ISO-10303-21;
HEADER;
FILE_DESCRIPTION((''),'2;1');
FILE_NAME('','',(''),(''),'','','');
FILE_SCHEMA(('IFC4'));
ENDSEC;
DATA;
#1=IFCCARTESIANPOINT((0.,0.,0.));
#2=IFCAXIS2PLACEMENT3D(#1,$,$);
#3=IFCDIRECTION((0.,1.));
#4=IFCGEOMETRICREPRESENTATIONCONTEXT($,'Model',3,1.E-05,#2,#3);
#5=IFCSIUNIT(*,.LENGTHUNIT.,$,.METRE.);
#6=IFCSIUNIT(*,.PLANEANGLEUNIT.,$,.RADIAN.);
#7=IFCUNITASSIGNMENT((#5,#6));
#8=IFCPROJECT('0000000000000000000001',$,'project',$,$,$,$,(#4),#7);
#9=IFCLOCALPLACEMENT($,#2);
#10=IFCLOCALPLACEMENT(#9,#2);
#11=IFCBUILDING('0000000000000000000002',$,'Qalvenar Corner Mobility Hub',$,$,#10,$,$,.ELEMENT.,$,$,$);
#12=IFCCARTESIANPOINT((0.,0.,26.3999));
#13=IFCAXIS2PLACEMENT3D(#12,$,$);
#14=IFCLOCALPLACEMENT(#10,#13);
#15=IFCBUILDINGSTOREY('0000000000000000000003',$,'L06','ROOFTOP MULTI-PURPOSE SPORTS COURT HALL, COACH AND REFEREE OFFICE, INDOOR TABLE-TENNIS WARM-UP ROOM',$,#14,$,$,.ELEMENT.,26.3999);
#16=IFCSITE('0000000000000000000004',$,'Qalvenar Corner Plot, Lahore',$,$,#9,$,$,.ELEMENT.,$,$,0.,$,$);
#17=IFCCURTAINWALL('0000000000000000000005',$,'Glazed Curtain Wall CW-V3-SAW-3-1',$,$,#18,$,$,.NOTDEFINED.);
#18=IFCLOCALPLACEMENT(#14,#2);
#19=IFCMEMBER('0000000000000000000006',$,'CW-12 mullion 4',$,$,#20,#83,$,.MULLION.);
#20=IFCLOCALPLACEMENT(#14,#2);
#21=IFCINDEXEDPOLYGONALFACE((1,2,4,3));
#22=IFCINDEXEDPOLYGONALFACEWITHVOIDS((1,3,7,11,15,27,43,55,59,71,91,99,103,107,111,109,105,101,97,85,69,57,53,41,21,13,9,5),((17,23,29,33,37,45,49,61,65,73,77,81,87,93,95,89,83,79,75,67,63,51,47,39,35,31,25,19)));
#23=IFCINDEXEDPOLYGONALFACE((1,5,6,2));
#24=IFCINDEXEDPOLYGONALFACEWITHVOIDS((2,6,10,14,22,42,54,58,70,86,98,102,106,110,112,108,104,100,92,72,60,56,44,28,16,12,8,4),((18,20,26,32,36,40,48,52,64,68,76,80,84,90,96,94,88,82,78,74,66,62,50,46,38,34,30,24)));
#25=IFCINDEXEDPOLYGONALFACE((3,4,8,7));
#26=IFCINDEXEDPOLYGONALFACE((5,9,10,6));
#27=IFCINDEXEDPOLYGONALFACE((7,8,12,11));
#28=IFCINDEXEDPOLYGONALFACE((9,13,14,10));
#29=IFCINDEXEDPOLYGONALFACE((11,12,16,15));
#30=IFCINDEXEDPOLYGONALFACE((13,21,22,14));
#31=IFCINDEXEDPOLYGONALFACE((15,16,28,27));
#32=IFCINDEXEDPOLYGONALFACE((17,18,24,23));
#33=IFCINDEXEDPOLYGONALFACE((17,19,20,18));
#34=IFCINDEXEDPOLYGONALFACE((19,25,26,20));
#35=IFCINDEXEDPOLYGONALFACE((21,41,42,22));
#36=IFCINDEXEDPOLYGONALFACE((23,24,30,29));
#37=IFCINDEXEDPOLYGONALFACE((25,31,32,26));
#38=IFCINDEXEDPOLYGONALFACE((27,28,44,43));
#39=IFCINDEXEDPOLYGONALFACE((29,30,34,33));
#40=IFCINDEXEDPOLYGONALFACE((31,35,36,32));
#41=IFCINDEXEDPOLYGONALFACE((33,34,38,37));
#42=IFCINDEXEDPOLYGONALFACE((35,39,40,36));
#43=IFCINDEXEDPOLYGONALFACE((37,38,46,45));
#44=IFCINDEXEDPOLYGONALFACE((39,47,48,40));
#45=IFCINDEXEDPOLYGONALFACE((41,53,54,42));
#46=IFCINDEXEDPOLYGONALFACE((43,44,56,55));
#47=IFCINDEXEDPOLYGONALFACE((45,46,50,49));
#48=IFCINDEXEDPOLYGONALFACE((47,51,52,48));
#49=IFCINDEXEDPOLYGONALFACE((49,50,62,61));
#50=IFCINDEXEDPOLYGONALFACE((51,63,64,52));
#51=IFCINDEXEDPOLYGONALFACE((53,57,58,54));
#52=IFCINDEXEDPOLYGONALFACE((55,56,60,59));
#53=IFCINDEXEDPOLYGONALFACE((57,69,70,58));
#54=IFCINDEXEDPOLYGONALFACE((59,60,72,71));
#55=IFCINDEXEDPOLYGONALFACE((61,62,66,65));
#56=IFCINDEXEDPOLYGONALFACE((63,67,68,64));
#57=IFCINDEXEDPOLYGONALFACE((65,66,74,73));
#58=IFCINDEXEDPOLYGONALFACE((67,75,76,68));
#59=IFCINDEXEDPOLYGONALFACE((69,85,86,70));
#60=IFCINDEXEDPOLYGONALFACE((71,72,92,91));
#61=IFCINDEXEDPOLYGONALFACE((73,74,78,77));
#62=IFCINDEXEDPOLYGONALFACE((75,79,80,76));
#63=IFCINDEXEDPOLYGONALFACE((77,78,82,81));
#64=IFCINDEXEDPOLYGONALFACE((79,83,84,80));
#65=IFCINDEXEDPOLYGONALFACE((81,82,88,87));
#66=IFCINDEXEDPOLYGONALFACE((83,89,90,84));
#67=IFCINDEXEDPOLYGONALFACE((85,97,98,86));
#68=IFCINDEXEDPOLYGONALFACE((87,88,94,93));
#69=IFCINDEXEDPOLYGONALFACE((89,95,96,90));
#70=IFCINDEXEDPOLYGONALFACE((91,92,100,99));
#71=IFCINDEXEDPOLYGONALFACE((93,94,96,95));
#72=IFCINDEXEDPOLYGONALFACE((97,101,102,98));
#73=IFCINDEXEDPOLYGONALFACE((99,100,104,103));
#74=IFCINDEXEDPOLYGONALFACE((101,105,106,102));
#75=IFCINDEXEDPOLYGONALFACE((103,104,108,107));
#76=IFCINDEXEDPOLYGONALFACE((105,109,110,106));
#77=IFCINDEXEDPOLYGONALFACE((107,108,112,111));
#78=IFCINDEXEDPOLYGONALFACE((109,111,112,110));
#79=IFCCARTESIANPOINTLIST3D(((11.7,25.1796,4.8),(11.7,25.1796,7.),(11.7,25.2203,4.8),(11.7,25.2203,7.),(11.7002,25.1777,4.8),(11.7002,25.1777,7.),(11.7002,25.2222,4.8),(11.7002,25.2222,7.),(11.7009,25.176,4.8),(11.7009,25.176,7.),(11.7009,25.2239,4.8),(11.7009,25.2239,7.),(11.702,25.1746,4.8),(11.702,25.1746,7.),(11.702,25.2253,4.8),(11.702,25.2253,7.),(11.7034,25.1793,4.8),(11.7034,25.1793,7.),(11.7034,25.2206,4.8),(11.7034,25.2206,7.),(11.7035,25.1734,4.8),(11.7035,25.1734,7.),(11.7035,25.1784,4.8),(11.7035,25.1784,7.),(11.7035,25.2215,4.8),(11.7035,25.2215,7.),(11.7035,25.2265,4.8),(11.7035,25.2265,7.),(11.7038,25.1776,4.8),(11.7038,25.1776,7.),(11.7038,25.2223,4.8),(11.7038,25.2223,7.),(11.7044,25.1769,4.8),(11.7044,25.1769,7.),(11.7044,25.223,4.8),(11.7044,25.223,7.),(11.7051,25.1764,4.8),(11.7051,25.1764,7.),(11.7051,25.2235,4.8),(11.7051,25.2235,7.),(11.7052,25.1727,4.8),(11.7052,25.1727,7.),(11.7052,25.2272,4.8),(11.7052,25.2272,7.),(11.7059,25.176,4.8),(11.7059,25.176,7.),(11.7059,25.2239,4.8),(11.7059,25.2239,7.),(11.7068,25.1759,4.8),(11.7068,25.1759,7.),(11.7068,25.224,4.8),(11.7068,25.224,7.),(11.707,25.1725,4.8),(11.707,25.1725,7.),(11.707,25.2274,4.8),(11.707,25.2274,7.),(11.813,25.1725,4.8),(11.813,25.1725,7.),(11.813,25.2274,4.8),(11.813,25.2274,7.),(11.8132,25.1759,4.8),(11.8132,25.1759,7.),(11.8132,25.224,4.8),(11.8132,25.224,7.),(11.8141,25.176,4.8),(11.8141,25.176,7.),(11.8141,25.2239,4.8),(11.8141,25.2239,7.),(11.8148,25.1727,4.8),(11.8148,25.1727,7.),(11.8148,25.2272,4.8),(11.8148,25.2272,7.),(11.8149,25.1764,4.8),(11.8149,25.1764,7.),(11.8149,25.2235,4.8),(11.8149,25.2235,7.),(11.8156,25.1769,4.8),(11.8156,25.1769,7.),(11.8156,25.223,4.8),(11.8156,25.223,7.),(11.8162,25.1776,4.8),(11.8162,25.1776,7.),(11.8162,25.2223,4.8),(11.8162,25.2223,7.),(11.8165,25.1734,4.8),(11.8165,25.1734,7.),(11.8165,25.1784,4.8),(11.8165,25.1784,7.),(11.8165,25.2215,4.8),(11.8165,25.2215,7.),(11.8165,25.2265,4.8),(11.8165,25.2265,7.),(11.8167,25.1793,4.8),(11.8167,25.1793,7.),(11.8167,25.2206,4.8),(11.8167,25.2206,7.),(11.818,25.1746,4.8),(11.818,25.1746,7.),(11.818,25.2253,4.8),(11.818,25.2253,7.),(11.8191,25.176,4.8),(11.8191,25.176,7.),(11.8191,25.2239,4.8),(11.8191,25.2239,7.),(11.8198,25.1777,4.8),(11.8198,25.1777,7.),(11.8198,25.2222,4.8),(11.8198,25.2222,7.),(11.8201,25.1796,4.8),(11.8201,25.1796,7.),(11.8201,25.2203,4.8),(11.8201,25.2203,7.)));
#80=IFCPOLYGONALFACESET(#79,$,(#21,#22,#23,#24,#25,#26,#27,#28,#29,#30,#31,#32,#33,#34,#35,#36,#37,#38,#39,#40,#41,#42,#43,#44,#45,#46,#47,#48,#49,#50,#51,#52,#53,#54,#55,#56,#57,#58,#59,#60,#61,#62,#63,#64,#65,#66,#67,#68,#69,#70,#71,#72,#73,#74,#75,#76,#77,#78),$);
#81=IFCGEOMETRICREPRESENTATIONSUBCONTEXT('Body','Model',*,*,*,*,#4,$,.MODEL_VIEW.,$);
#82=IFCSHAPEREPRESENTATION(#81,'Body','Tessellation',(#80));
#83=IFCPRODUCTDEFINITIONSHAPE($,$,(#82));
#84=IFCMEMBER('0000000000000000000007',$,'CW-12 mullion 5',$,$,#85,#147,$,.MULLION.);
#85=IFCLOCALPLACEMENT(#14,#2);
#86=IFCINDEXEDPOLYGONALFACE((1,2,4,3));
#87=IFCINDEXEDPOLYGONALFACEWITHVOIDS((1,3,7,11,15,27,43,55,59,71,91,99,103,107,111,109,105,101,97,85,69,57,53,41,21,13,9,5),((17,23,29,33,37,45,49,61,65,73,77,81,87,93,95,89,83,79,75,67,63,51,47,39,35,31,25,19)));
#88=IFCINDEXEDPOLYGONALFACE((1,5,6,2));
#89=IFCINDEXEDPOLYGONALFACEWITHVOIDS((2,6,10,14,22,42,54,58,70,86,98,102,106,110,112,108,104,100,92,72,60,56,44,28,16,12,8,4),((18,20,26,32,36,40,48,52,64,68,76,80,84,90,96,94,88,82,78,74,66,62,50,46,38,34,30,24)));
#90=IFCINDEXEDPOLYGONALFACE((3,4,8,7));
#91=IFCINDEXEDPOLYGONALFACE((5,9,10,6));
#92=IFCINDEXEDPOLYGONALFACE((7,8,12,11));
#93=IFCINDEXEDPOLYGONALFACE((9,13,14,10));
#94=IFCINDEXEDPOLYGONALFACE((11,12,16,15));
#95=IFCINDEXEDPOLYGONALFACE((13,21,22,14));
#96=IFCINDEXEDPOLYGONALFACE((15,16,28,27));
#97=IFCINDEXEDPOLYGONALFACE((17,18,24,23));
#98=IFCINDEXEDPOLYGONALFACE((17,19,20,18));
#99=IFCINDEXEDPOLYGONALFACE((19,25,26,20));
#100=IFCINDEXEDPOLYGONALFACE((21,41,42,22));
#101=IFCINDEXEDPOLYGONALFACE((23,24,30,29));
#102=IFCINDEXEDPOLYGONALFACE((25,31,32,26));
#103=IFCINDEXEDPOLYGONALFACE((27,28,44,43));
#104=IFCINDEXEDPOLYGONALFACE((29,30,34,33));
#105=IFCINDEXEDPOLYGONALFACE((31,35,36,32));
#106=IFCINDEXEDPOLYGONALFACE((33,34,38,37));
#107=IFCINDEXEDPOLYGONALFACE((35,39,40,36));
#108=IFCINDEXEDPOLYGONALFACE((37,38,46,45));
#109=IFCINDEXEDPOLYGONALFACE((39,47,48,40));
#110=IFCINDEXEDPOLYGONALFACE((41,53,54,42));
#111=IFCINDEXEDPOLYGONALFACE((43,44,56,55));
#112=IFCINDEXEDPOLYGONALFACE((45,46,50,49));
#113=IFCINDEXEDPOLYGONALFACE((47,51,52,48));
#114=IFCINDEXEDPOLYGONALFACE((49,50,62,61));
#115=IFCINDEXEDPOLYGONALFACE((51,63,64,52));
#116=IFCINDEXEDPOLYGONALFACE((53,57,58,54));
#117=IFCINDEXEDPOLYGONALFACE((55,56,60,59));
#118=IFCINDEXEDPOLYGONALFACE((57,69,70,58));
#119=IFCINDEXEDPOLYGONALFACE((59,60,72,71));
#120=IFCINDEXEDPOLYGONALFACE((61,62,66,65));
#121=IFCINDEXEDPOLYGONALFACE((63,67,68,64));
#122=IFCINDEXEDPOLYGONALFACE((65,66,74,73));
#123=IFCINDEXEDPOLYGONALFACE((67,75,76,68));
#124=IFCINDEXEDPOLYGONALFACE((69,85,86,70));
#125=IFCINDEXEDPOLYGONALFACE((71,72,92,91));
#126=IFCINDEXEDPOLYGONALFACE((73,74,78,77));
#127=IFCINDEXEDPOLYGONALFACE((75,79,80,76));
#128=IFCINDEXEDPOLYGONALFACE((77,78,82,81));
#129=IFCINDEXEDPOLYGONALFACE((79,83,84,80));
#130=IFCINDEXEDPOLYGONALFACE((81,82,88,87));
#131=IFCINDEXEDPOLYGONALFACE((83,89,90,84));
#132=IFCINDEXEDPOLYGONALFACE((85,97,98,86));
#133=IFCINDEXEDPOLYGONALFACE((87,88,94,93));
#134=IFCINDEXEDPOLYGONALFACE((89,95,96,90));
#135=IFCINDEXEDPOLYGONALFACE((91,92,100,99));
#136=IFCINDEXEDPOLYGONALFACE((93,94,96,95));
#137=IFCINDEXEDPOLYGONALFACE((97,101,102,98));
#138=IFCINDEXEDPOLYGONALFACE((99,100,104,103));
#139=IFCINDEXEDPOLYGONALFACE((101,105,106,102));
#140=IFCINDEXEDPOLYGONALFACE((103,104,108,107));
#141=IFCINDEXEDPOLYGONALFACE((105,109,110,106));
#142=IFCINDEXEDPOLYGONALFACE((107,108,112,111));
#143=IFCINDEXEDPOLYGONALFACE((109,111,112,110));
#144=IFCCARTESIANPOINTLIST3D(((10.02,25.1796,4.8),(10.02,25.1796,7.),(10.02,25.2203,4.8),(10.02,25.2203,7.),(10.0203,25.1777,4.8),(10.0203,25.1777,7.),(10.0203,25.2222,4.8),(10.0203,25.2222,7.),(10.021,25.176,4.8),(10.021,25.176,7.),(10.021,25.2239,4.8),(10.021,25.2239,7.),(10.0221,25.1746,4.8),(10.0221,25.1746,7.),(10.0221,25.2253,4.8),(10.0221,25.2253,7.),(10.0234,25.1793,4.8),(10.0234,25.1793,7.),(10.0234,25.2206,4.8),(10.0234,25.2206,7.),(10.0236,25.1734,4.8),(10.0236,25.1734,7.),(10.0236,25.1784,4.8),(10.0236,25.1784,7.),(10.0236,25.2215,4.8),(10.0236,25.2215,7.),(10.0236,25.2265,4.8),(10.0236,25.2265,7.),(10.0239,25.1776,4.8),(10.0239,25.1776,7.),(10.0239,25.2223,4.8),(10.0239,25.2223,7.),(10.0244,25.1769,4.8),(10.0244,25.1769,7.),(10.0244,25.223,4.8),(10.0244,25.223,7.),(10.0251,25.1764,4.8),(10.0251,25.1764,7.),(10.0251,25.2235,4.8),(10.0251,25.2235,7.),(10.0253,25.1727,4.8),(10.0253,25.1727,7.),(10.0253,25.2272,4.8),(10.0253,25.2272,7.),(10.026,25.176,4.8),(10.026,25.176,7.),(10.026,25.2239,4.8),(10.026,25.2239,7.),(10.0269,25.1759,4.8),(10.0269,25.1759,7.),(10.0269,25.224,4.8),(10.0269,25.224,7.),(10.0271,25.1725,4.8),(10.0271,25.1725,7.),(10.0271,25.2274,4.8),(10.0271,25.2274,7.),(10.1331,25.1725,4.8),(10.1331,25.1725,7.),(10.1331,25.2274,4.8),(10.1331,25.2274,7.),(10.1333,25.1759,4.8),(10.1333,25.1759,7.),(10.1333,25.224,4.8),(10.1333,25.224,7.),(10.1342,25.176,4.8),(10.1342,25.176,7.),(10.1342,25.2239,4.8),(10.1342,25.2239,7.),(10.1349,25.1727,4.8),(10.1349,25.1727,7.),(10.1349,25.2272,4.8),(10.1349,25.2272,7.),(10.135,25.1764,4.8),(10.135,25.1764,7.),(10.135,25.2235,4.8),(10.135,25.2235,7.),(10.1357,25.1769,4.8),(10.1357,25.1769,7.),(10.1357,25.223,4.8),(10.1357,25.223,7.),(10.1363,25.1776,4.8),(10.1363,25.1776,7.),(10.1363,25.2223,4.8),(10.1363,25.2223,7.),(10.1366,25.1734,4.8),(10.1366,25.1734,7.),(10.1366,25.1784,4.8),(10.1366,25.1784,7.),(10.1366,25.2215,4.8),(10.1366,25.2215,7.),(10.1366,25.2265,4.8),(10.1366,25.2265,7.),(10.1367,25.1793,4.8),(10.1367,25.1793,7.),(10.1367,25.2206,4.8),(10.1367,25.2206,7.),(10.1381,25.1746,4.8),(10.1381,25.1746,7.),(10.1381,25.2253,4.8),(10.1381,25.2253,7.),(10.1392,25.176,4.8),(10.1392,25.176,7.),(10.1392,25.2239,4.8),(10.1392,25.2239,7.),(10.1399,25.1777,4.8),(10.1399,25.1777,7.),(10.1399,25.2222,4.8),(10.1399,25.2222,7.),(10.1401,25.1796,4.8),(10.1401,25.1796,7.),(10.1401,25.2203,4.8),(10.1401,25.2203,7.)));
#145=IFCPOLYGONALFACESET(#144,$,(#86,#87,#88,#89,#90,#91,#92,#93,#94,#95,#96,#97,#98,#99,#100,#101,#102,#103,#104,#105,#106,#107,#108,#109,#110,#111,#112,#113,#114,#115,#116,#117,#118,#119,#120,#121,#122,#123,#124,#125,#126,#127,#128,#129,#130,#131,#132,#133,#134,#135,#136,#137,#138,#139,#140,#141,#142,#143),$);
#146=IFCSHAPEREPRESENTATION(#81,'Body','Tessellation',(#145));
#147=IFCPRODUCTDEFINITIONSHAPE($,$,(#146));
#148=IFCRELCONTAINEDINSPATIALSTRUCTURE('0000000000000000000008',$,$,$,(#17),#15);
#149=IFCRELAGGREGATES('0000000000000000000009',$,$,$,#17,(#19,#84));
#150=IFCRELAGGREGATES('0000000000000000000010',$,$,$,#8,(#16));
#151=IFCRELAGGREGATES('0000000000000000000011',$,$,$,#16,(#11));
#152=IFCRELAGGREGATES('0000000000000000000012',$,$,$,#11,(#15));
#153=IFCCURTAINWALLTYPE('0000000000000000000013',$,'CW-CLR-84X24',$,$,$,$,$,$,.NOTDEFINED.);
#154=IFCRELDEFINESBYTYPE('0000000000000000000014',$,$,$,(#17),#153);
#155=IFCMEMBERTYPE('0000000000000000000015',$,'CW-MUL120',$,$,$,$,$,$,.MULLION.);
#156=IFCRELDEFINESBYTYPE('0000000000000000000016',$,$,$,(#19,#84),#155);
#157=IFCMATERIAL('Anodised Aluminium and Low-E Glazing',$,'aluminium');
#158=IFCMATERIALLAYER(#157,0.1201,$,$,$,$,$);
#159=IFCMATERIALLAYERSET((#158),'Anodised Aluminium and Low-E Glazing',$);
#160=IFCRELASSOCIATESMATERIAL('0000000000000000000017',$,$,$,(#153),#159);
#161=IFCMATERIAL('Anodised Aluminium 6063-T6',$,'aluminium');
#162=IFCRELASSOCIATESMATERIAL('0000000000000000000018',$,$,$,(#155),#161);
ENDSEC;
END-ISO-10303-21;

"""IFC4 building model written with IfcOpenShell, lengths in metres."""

from ifc_helpers import new_model, si_unit, direction, frame, origin, origin_2d, place, context, subcontext, project, spatial, hollow_rectangle, extrude, material, layer, layer_set, material_profile, profile_set, type_object, element, aggregate, save


model = new_model("IFC4")

# Units and contexts
model_context = context("Model", 3, precision=1e-05, world=origin(), true_north=direction((0.0, 1.0)))
body_context = subcontext(model_context, "Body", "Model", "MODEL_VIEW")
ifc_project = project(units=[si_unit("LENGTHUNIT", "METRE"), si_unit("PLANEANGLEUNIT", "RADIAN")], contexts=[model_context])

# Site, building, storey
site_placement = place(None, origin())
site = spatial("IfcSite", under=ifc_project, at=site_placement, Name="Qalvenar Corner Plot, Lahore", CompositionType="ELEMENT", RefElevation=0.0)
building_placement = place(site_placement, origin())
building = spatial("IfcBuilding", under=site, at=building_placement, Name="Qalvenar Corner Mobility Hub", CompositionType="ELEMENT")
storey_placement = place(building_placement, frame((0.0, 0.0, 26.3999)))
storey = spatial("IfcBuildingStorey", under=building, at=storey_placement, Name="L06", Description="ROOFTOP MULTI-PURPOSE SPORTS COURT HALL, COACH AND REFEREE OFFICE, INDOOR TABLE-TENNIS WARM-UP ROOM", CompositionType="ELEMENT", Elevation=26.3999)

# Curtain wall, members
ifc_material_1 = material(Name="Anodised Aluminium and Low-E Glazing", Category="aluminium")
ifc_layer_1 = layer(ifc_material_1, 0.1201)
ifc_layer_set_1 = layer_set([ifc_layer_1], Name="Anodised Aluminium and Low-E Glazing")
curtain_wall_type = type_object("IfcCurtainWallType", Name="CW-CLR-84X24", PredefinedType="NOTDEFINED", material=ifc_layer_set_1)
ifc_material_2 = material(Name="Anodised Aluminium 6063-T6", Category="aluminium")
ifc_material_profile_1 = material_profile(ifc_material_2, hollow_rectangle(XDim=0.0549, YDim=0.1201, WallThickness=0.0034, InnerFilletRadius=0.0034, OuterFilletRadius=0.0071, at=origin_2d()), Name="RHS120x55x3.5")
ifc_profile_set_1 = profile_set([ifc_material_profile_1], Name="Anodised Aluminium 6063-T6")
member_type_1 = type_object("IfcMemberType", Name="CW-MUL120", PredefinedType="MULLION", material=ifc_profile_set_1)
curtain_wall_1_placement = place(storey_placement, origin())
curtain_wall_1 = element("IfcCurtainWall", 1, at=curtain_wall_1_placement, inside=storey, type_object=curtain_wall_type, Name="Glazed Curtain Wall CW-V3-SAW-3-1", PredefinedType="NOTDEFINED")
member_1_placement = place(storey_placement, frame((11.76, 25.2, 4.8), z_axis=(0.0, 0.0, 1.0), x_axis=(0.0, -1.0, 0.0)))
member_1 = element("IfcMember", 2, at=member_1_placement, type_object=member_type_1, Name="CW-12 mullion 4", PredefinedType="MULLION", context=body_context, shape_type="SweptSolid", body=[
    extrude(hollow_rectangle(XDim=0.0549, YDim=0.1201, WallThickness=0.0034, InnerFilletRadius=0.0034, OuterFilletRadius=0.0071, at=origin_2d()), origin(), (0.0, 0.0, 1.0), 2.2),
])
member_2_placement = place(storey_placement, frame((10.0801, 25.2, 4.8), z_axis=(0.0, 0.0, 1.0), x_axis=(0.0, -1.0, 0.0)))
member_2 = element("IfcMember", 3, at=member_2_placement, type_object=member_type_1, Name="CW-12 mullion 5", PredefinedType="MULLION", context=body_context, shape_type="SweptSolid", body=[
    extrude(hollow_rectangle(XDim=0.0549, YDim=0.1201, WallThickness=0.0034, InnerFilletRadius=0.0034, OuterFilletRadius=0.0071, at=origin_2d()), origin(), (0.0, 0.0, 1.0), 2.2),
])

aggregate(curtain_wall_1, [member_1, member_2])

save(model, "model.ifc")
